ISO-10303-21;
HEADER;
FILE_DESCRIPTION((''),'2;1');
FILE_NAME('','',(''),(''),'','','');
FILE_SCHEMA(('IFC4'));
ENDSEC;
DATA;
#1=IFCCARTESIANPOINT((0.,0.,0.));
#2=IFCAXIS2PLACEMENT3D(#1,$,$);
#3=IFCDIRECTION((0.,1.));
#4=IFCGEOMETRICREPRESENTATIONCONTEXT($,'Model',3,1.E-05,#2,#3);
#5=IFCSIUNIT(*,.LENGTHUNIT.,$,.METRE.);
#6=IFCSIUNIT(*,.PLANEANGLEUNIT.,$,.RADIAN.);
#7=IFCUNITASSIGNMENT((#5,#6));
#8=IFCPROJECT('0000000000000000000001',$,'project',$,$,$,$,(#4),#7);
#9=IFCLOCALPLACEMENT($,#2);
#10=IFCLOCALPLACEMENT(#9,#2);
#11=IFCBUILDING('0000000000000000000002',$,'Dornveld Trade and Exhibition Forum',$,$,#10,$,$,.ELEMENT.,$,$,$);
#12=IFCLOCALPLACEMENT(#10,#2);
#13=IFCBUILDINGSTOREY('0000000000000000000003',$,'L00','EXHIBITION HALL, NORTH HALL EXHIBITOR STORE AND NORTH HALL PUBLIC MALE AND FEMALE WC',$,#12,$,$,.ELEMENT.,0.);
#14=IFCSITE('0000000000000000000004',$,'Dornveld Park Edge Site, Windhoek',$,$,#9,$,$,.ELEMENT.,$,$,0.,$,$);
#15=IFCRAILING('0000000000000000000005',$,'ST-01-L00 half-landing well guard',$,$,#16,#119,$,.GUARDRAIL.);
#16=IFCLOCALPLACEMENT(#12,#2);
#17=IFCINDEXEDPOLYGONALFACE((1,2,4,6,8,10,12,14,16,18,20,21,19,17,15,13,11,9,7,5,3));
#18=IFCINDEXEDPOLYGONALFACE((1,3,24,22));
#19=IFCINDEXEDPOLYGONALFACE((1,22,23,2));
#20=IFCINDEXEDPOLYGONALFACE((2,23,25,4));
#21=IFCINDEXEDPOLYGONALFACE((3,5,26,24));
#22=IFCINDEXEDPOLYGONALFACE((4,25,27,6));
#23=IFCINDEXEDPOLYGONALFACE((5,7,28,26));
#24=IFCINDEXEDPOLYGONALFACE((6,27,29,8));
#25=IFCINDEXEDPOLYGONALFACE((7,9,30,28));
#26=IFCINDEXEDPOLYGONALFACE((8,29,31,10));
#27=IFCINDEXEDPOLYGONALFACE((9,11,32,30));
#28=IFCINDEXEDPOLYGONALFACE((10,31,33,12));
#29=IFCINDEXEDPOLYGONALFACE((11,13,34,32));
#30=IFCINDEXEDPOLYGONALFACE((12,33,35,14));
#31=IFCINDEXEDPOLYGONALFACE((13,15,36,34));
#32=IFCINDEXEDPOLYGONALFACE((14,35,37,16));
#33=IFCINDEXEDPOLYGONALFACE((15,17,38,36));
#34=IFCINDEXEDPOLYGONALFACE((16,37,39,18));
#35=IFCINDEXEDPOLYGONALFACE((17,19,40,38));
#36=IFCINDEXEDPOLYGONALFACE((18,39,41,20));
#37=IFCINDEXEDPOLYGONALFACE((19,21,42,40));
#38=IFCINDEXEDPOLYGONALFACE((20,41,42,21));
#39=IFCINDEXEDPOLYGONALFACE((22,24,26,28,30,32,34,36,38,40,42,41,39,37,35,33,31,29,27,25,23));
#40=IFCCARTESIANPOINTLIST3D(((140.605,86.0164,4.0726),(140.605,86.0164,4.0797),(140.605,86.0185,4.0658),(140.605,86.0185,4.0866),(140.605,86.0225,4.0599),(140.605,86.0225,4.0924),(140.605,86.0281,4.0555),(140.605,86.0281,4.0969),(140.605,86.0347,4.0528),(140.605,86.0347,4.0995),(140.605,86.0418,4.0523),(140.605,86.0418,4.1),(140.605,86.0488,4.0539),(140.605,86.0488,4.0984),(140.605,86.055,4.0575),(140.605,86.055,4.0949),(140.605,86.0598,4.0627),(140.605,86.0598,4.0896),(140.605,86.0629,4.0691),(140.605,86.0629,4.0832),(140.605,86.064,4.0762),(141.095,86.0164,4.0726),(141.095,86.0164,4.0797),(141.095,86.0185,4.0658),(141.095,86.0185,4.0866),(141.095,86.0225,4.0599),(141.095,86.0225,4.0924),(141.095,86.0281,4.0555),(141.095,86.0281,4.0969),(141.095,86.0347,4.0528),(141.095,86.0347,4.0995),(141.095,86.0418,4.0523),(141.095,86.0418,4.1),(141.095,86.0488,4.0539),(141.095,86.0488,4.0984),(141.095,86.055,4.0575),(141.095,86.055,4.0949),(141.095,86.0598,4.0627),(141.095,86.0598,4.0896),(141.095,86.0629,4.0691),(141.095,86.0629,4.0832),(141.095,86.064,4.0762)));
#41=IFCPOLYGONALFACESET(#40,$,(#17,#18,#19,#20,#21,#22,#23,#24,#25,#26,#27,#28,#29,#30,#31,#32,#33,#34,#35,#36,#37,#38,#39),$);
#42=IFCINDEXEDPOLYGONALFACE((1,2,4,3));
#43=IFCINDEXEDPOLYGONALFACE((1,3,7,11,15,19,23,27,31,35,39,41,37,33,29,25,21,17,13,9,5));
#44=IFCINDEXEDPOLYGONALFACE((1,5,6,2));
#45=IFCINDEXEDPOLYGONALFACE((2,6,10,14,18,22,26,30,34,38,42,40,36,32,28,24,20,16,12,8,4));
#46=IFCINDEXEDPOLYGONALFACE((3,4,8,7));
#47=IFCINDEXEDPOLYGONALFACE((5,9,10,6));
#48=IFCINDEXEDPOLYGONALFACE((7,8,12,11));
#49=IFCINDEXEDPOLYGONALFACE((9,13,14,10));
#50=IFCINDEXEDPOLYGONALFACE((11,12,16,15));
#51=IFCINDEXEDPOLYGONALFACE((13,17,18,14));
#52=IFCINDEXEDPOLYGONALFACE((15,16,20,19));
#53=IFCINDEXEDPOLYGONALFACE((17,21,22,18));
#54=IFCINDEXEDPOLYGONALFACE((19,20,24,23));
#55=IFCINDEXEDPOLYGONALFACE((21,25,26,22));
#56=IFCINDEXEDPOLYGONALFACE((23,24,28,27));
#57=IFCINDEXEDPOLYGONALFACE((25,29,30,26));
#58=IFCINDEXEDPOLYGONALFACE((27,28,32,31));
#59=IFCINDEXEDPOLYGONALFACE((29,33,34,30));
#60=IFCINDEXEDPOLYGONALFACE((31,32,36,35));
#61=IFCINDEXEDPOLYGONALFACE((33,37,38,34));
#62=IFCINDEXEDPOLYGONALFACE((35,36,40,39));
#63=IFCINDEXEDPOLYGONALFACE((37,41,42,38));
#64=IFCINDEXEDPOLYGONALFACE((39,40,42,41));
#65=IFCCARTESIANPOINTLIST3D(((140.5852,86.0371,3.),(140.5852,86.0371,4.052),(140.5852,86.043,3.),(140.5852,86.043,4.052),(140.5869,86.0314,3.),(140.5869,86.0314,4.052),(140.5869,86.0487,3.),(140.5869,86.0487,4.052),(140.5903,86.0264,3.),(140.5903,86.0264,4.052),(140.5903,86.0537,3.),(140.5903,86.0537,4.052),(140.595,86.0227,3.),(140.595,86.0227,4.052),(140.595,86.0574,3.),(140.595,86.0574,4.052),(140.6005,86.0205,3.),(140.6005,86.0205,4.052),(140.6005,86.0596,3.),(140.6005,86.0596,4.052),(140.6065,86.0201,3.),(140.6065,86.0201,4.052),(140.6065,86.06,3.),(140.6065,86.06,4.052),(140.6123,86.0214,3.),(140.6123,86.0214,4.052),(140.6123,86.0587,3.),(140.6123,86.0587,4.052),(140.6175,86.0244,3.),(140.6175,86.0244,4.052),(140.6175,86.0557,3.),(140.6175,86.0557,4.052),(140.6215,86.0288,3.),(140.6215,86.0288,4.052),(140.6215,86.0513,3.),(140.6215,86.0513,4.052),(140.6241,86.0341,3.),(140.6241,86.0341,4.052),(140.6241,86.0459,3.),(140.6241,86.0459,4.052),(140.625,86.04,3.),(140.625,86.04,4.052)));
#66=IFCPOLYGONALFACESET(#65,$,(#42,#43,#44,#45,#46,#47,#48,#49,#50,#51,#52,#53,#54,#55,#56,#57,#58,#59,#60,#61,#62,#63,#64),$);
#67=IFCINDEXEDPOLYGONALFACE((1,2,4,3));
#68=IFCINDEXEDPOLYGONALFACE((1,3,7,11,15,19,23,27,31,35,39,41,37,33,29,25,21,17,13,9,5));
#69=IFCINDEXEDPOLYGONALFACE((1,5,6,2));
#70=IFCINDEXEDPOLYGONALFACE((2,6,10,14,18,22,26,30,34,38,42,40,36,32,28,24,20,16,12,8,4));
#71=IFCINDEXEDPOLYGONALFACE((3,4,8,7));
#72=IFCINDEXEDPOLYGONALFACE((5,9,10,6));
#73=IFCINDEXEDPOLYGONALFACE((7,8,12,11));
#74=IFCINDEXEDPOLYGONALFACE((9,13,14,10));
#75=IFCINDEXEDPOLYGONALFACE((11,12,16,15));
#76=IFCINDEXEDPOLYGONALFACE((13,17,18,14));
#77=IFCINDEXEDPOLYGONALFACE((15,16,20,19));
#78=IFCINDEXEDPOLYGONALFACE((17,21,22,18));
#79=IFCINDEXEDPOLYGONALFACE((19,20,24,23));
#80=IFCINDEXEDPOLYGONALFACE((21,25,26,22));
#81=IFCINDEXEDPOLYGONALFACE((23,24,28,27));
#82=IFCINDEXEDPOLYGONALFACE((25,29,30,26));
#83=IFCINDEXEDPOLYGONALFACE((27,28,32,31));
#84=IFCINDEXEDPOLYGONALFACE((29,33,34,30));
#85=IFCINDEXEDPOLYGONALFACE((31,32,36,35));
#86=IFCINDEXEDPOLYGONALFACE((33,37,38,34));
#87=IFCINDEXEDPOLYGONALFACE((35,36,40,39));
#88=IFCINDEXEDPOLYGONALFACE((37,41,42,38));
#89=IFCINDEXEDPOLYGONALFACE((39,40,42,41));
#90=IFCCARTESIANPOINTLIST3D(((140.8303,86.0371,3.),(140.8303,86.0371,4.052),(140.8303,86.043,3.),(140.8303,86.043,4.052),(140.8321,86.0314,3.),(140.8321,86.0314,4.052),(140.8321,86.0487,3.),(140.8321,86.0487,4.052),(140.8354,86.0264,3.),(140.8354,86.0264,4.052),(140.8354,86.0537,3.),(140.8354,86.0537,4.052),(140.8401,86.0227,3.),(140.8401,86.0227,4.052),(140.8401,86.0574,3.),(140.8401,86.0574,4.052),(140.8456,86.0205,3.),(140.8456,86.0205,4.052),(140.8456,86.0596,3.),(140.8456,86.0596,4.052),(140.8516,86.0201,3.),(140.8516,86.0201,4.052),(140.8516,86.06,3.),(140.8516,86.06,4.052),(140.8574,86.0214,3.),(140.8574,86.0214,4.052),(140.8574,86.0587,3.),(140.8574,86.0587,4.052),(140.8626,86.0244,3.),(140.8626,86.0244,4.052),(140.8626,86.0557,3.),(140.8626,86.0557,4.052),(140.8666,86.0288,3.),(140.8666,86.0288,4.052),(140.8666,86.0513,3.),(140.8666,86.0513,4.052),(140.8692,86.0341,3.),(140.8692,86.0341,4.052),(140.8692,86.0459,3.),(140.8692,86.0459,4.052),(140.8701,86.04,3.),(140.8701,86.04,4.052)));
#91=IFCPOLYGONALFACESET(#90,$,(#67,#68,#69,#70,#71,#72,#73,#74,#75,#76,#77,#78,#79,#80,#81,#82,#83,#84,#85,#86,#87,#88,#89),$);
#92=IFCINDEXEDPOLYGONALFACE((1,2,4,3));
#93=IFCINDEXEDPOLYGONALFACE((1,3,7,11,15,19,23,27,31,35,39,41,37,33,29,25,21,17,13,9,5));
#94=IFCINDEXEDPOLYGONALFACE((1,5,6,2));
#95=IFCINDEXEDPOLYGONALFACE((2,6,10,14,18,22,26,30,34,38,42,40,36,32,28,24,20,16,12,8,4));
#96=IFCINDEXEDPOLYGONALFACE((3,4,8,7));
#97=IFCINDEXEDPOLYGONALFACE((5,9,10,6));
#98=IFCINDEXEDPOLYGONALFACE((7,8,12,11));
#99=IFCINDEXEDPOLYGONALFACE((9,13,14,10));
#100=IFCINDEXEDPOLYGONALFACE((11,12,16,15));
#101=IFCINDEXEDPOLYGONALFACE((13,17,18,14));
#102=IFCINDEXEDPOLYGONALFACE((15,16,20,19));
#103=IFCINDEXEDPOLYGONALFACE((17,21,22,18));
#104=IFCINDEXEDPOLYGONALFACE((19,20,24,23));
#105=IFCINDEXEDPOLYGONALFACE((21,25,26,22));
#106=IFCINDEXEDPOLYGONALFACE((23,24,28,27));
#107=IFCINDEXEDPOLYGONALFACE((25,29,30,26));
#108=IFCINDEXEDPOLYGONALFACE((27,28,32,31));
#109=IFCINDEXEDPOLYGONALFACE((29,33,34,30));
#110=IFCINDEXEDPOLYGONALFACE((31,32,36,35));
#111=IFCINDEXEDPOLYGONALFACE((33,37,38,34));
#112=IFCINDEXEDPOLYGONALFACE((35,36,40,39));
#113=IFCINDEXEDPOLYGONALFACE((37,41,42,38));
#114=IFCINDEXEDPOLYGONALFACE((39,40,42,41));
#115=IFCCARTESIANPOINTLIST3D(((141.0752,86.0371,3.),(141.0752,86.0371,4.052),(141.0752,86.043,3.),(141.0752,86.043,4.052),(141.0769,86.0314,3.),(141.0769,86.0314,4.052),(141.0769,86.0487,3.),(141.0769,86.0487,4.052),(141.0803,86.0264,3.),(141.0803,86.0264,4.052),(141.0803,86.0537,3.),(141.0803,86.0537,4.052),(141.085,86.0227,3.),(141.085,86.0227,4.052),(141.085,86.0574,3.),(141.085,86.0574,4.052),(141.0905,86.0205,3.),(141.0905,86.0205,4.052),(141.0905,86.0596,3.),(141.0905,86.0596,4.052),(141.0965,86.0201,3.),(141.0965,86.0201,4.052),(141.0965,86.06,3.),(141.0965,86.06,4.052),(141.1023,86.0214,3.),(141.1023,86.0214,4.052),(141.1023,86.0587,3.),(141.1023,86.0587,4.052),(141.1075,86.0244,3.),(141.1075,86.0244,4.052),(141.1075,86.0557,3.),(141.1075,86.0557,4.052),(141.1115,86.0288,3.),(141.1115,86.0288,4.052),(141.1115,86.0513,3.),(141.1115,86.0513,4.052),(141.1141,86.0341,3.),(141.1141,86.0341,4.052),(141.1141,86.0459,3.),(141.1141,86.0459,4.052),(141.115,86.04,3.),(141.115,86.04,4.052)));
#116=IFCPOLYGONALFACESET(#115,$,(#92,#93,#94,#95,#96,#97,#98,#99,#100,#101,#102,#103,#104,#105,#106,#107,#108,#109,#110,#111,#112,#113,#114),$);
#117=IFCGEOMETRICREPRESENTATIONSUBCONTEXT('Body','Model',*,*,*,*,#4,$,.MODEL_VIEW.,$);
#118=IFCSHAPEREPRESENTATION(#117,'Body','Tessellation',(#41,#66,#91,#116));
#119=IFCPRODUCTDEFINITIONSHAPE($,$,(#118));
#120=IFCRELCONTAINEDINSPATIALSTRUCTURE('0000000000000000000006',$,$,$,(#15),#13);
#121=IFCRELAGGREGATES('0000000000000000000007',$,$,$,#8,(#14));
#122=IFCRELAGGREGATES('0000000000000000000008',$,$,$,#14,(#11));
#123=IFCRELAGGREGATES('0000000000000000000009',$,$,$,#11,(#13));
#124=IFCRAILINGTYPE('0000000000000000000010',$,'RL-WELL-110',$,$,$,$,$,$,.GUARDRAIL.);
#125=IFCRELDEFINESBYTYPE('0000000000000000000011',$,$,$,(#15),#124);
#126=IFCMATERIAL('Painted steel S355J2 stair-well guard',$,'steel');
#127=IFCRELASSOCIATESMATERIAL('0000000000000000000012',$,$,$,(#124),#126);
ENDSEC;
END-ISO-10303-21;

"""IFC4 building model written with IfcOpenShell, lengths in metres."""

from ifc_helpers import new_model, si_unit, direction, frame, origin, origin_2d, place, context, subcontext, project, spatial, circle, extrude, material, type_object, element, save


model = new_model("IFC4")

# Units and contexts
model_context = context("Model", 3, precision=1e-05, world=origin(), true_north=direction((0.0, 1.0)))
body_context = subcontext(model_context, "Body", "Model", "MODEL_VIEW")
ifc_project = project(units=[si_unit("LENGTHUNIT", "METRE"), si_unit("PLANEANGLEUNIT", "RADIAN")], contexts=[model_context])

# Site, building, storey
site_placement = place(None, origin())
site = spatial("IfcSite", under=ifc_project, at=site_placement, Name="Dornveld Park Edge Site, Windhoek", CompositionType="ELEMENT", RefElevation=0.0)
building_placement = place(site_placement, origin())
building = spatial("IfcBuilding", under=site, at=building_placement, Name="Dornveld Trade and Exhibition Forum", CompositionType="ELEMENT")
storey_placement = place(building_placement, origin())
storey = spatial("IfcBuildingStorey", under=building, at=storey_placement, Name="L00", Description="EXHIBITION HALL, NORTH HALL EXHIBITOR STORE AND NORTH HALL PUBLIC MALE AND FEMALE WC", CompositionType="ELEMENT", Elevation=0.0)

# Railing
ifc_material_1 = material(Name="Painted steel S355J2 stair-well guard", Category="steel")
railing_type_1 = type_object("IfcRailingType", Name="RL-WELL-110", PredefinedType="GUARDRAIL", material=ifc_material_1)
railing_1_placement = place(storey_placement, frame((140.605, 86.04, 3.0)))
element("IfcRailing", 1, at=railing_1_placement, inside=storey, type_object=railing_type_1, Name="ST-01-L00 half-landing well guard", PredefinedType="GUARDRAIL", context=body_context, shape_type="SweptSolid", body=[
    extrude(circle(Radius=0.0239, at=origin_2d()), frame((0.0, 0.0, 1.0762), z_axis=(1.0, 0.0, 0.0), x_axis=(0.0, 1.0, 0.0)), (0.0, 0.0, 1.0), 0.49),
    extrude(circle(Radius=0.02, at=origin_2d()), origin(), (0.0, 0.0, 1.0), 1.052),
    extrude(circle(Radius=0.02, at=origin_2d()), frame((0.2451, 0.0, 0.0)), (0.0, 0.0, 1.0), 1.052),
    extrude(circle(Radius=0.02, at=origin_2d()), frame((0.49, 0.0, 0.0)), (0.0, 0.0, 1.0), 1.052),
])

save(model, "model.ifc")
